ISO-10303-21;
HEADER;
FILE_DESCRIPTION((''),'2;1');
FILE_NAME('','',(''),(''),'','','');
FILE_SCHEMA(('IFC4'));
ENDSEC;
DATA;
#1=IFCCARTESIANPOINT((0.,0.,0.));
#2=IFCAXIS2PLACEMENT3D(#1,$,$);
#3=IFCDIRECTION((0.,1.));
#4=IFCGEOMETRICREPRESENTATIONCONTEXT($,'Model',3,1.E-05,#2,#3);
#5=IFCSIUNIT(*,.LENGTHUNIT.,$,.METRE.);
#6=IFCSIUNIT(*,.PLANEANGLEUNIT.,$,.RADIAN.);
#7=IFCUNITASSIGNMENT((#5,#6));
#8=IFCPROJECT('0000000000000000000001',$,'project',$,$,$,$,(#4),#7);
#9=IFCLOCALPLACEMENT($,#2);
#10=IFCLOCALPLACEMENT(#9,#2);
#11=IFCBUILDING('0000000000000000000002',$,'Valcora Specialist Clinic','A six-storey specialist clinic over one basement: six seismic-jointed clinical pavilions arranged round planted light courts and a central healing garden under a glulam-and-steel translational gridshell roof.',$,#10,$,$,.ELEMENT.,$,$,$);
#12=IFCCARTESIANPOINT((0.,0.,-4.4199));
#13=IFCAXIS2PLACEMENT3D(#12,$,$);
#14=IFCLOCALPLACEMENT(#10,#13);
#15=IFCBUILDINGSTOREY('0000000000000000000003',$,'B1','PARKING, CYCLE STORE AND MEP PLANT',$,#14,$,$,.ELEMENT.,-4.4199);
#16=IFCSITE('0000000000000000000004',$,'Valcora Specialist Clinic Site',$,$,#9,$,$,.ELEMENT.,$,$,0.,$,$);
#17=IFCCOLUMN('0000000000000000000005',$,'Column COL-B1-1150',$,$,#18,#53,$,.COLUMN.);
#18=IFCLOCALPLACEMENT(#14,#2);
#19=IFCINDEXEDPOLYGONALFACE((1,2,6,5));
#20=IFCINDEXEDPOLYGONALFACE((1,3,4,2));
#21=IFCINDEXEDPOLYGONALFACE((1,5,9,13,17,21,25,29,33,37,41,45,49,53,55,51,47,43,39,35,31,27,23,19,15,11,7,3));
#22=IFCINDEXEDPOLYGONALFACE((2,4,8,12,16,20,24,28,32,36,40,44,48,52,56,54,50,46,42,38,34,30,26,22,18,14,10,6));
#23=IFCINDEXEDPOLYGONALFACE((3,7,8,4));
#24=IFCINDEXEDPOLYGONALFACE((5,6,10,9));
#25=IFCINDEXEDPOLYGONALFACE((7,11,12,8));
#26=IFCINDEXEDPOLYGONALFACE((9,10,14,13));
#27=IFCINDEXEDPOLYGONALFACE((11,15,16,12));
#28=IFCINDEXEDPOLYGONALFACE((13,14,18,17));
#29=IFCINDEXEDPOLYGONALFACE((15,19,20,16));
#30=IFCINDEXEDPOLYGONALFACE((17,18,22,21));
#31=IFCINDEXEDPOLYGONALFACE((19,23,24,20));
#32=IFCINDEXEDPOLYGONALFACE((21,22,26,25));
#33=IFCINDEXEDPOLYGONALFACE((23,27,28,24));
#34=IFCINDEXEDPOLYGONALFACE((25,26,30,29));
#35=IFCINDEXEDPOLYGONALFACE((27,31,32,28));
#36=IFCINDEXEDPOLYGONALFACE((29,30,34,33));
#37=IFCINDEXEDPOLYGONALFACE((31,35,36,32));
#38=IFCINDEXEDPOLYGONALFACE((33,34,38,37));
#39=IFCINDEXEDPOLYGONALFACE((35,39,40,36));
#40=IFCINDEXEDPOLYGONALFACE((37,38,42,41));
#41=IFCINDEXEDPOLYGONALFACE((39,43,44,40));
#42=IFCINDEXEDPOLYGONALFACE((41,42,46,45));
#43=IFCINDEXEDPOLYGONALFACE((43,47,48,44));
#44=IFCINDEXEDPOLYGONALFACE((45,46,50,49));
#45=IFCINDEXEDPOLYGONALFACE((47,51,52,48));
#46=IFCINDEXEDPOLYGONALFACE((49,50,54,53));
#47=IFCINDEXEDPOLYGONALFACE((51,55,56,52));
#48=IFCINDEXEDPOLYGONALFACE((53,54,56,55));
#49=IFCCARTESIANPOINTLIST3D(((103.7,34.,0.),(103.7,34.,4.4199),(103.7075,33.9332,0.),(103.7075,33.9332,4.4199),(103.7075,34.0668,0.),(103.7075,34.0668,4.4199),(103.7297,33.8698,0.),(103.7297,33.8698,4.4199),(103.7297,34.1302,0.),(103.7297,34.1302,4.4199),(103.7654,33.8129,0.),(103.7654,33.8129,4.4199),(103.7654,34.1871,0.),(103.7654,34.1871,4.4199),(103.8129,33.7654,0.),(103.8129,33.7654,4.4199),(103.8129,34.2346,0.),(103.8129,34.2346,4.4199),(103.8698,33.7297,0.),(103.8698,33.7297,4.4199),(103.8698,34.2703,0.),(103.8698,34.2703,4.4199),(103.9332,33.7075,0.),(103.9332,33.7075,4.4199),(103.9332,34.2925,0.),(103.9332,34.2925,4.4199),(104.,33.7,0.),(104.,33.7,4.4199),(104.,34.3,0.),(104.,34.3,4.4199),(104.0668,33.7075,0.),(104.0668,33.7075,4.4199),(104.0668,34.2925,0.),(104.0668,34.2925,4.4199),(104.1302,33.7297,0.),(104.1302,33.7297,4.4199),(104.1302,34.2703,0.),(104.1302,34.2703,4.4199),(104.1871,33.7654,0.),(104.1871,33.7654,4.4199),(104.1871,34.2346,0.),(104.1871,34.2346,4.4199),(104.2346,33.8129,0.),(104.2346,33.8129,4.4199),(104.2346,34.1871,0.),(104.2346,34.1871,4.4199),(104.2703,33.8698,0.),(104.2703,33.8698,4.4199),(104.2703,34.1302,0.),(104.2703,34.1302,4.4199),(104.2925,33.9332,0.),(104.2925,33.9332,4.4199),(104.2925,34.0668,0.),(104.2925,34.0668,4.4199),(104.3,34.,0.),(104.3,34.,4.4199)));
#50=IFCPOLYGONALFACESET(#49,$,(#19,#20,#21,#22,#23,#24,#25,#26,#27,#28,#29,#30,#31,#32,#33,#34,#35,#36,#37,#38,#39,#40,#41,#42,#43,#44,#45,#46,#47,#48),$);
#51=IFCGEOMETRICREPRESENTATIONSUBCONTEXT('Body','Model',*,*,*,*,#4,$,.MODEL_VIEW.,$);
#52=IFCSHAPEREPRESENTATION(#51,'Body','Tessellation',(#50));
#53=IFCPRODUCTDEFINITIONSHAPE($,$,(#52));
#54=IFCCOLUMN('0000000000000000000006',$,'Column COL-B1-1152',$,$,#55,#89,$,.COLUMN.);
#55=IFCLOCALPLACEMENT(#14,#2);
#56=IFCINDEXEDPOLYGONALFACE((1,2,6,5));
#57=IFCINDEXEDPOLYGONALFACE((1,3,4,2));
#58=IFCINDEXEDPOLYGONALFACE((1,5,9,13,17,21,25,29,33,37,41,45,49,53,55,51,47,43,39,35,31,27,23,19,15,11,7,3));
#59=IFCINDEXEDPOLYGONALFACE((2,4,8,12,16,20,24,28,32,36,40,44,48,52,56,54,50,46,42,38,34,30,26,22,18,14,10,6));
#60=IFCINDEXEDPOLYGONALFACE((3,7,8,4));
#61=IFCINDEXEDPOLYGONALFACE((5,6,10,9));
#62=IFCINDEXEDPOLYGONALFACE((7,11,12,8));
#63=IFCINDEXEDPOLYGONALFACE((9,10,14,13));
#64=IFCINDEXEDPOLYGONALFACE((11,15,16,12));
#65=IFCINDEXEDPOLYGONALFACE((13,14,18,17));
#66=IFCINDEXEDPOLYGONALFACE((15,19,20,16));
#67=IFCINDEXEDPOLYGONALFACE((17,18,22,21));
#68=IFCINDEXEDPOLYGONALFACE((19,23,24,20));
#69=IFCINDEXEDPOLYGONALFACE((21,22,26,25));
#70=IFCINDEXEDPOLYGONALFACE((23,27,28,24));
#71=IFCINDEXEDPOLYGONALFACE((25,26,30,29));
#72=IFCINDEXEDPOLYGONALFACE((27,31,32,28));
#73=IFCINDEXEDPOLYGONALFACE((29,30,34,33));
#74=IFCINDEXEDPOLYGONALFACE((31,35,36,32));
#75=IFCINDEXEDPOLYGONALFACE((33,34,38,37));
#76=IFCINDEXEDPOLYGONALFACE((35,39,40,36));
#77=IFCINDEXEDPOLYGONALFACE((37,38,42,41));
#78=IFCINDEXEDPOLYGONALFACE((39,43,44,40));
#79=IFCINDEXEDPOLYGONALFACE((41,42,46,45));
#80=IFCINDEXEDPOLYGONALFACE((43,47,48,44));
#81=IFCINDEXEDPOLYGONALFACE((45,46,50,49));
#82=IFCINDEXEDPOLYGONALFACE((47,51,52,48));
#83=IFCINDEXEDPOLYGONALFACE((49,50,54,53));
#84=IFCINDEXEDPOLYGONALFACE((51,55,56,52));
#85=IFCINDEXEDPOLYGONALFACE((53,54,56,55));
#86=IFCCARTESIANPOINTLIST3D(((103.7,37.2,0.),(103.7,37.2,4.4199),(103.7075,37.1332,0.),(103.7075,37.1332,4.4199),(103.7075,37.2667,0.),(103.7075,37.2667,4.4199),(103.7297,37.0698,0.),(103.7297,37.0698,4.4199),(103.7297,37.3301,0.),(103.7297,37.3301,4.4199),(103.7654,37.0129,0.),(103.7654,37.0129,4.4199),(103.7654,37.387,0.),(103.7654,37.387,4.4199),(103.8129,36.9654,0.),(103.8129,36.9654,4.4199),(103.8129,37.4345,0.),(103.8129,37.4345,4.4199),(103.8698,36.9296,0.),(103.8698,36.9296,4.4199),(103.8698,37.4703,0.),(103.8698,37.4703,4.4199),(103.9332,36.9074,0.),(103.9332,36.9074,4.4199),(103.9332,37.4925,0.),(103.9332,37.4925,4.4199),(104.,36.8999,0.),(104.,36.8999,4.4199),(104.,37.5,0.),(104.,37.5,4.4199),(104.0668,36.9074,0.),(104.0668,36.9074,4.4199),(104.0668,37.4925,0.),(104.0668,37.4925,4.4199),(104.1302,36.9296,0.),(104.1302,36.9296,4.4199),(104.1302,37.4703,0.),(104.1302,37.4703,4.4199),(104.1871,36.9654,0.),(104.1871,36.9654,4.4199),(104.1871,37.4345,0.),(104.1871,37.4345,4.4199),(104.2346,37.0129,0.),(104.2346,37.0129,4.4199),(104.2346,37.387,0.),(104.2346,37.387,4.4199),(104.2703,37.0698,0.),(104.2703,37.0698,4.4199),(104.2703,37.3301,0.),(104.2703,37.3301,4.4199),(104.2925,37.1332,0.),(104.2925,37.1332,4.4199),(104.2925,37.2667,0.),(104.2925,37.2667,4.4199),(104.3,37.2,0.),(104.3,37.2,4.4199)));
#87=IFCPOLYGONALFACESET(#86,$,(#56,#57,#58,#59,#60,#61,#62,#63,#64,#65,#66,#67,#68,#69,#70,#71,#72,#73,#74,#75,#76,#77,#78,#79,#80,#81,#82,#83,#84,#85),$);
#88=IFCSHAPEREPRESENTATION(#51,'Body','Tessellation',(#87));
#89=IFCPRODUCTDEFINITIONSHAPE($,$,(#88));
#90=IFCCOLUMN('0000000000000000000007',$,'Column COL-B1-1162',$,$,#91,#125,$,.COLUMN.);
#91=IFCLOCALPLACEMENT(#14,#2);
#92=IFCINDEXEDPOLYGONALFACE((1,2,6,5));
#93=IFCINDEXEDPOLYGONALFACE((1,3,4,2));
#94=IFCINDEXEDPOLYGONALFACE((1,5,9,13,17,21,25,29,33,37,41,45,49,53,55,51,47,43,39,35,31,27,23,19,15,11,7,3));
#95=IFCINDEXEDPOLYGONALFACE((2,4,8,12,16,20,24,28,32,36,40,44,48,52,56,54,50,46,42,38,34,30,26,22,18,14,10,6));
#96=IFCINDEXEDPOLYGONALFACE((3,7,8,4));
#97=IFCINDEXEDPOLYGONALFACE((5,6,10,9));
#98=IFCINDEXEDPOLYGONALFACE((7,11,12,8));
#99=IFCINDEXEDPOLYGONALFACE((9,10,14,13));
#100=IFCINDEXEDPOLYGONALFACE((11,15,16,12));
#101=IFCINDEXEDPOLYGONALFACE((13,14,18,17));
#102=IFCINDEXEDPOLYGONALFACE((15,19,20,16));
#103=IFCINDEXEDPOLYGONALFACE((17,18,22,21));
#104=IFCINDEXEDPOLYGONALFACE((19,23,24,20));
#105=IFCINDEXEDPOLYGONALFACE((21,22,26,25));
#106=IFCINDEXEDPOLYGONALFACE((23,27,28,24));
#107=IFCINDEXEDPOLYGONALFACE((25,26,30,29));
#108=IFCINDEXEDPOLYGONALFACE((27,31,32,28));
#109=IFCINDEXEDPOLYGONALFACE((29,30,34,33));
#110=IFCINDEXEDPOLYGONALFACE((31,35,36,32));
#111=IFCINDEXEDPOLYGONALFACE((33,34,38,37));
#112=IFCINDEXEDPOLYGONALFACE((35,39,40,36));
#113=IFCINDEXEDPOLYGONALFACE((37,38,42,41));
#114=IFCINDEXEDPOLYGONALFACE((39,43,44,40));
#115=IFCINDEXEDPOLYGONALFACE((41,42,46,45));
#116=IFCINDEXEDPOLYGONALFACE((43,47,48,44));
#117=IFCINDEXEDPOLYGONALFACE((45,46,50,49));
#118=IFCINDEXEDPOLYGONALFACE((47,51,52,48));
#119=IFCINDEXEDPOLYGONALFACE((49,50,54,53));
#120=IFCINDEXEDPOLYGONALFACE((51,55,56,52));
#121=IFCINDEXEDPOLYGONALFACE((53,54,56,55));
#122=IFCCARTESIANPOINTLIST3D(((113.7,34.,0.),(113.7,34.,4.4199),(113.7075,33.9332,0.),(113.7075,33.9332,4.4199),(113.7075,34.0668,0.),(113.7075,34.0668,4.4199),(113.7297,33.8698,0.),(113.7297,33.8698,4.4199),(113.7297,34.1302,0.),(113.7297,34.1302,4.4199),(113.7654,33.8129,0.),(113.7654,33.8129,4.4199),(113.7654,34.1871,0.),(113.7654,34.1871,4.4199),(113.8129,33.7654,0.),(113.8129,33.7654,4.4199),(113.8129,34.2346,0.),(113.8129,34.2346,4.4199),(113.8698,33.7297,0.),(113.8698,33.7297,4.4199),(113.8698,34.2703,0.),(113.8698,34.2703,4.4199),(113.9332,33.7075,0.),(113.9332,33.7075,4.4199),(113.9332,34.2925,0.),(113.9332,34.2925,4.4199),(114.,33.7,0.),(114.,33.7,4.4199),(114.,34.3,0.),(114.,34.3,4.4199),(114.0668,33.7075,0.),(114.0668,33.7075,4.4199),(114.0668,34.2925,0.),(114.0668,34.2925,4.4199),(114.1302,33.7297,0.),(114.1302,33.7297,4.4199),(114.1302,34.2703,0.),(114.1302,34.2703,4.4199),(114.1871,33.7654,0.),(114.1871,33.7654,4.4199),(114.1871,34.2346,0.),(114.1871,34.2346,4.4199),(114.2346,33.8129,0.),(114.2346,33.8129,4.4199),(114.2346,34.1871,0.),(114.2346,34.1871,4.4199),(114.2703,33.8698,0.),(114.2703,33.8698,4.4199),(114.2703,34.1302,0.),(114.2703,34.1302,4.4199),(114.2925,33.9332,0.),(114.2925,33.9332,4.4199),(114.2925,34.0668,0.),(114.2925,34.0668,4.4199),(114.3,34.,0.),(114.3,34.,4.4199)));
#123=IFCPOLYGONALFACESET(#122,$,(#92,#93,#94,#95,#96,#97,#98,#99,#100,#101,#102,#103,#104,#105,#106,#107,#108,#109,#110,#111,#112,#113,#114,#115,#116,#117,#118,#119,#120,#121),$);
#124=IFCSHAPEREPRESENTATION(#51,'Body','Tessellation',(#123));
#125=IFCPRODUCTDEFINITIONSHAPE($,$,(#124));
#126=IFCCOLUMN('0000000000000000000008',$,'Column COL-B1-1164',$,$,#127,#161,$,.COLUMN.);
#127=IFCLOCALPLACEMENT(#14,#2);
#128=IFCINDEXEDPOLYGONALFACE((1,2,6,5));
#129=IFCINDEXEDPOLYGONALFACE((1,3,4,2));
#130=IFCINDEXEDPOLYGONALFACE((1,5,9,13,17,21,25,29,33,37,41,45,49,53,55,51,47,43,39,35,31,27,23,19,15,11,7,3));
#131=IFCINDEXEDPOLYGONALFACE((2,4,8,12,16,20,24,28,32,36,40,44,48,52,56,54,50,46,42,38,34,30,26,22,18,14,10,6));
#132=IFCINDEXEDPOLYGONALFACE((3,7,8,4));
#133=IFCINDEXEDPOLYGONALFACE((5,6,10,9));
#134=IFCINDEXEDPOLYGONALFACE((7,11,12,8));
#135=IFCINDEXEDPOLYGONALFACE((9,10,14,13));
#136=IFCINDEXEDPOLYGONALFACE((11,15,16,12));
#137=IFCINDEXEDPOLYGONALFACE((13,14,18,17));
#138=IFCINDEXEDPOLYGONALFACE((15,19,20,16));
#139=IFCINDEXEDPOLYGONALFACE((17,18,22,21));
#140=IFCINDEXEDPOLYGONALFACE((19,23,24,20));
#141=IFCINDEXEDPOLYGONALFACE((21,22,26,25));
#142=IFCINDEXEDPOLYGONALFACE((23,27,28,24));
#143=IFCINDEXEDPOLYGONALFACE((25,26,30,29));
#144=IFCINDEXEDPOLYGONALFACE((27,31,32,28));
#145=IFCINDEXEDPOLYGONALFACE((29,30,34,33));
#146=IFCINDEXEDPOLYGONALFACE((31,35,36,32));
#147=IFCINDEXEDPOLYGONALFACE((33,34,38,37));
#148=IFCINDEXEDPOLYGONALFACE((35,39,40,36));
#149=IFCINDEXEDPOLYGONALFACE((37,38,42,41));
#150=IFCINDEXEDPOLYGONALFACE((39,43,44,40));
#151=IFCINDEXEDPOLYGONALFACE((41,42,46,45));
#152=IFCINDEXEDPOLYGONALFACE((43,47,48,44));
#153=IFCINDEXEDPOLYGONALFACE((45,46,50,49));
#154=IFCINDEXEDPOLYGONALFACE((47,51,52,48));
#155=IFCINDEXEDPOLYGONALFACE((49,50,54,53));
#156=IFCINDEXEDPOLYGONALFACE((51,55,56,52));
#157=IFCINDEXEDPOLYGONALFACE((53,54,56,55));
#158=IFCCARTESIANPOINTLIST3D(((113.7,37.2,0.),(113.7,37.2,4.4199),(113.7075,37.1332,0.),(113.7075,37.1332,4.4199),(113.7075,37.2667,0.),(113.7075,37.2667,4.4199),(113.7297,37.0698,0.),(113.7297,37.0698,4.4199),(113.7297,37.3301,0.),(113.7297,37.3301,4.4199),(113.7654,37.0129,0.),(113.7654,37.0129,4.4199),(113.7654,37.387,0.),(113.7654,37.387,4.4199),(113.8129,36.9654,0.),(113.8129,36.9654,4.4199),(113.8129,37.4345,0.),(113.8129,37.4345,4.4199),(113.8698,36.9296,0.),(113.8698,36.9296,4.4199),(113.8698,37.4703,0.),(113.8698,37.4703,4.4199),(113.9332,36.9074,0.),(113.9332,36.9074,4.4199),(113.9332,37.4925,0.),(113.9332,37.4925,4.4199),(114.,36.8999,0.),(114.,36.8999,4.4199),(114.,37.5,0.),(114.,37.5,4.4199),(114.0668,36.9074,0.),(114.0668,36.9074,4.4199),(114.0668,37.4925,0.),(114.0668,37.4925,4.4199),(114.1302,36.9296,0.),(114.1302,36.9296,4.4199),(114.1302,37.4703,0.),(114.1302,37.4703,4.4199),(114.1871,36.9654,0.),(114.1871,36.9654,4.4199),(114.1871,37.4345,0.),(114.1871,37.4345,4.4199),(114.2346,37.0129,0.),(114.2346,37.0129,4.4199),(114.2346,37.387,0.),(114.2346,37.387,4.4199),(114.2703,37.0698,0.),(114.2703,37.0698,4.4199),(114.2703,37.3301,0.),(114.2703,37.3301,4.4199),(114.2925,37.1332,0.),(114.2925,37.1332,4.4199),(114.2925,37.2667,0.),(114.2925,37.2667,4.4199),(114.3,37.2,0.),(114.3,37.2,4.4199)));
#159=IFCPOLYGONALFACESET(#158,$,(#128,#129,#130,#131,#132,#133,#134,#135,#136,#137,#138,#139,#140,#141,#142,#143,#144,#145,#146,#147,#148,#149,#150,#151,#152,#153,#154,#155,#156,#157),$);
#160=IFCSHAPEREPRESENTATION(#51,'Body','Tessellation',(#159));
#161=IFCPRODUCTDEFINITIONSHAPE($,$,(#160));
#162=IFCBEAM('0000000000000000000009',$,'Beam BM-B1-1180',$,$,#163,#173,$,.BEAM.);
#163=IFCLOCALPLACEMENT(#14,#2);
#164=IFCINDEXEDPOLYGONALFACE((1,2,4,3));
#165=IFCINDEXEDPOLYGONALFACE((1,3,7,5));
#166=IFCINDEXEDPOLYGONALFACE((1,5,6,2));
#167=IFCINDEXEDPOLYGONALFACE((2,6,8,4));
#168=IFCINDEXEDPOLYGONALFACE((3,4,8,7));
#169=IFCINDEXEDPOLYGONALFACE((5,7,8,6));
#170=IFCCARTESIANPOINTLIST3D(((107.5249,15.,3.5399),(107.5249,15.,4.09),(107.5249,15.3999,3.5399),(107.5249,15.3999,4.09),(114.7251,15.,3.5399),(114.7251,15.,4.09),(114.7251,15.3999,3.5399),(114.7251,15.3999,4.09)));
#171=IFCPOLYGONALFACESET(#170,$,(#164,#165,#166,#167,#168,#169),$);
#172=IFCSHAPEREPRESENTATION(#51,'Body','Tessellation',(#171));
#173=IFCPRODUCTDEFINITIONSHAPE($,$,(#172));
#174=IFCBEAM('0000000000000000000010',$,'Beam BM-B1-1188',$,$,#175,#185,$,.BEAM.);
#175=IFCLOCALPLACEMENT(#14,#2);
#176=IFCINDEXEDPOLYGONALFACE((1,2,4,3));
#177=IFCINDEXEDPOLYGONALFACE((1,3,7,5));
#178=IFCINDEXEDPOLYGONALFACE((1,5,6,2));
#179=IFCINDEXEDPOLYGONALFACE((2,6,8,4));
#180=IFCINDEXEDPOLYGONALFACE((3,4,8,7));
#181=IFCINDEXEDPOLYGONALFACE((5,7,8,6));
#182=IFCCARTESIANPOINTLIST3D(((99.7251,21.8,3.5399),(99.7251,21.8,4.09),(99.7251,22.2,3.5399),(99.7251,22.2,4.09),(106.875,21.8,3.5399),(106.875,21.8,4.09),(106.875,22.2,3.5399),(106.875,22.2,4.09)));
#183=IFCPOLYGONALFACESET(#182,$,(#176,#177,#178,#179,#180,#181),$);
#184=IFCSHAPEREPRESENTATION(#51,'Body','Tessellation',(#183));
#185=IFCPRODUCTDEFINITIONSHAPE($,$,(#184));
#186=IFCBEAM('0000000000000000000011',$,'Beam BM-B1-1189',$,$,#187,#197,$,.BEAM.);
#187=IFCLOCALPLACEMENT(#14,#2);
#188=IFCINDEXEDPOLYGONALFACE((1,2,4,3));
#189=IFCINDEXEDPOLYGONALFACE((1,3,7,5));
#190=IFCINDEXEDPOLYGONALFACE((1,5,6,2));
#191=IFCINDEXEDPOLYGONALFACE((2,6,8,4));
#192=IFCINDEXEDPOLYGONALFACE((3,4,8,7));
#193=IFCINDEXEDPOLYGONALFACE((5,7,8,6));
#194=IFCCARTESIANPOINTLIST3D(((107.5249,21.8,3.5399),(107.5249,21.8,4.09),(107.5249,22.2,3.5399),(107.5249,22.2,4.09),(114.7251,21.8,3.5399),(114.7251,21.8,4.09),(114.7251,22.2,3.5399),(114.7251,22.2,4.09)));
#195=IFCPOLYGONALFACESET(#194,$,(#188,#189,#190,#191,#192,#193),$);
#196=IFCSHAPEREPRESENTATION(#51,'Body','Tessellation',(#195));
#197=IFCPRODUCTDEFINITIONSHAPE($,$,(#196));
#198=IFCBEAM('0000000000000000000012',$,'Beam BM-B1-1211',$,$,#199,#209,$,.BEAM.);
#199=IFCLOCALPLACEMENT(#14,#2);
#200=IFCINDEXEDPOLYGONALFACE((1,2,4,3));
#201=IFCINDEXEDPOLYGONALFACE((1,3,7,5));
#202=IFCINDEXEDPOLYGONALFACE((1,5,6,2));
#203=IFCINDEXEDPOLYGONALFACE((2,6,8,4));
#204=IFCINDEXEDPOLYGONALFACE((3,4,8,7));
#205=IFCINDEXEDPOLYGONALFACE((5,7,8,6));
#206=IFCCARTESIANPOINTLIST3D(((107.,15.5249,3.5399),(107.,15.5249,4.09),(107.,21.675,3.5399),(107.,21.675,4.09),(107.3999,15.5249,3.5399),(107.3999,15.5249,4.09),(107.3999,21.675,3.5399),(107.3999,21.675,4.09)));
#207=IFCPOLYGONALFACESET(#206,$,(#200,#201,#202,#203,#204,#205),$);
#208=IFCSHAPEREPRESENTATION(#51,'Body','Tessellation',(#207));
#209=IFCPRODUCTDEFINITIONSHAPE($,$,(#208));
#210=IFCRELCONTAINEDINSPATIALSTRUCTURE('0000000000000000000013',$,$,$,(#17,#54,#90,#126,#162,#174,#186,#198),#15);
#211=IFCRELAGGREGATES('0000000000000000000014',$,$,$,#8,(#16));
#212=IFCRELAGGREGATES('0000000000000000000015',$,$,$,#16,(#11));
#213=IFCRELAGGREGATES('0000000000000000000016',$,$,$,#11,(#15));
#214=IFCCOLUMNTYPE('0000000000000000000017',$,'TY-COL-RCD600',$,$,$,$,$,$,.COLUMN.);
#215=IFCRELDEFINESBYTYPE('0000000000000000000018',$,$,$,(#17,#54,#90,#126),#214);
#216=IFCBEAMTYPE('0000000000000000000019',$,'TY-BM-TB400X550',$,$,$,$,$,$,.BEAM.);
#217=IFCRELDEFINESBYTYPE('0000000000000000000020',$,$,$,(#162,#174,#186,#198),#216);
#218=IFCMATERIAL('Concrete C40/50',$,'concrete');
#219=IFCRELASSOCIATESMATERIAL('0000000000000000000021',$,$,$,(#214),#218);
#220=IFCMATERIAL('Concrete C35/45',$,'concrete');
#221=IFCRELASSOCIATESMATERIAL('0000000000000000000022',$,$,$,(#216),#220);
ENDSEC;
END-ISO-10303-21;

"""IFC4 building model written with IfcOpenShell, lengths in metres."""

from ifc_helpers import new_model, si_unit, direction, frame, origin, origin_2d, place, context, subcontext, project, spatial, rectangle, circle, extrude, material, material_profile, profile_set, type_object, element, save


model = new_model("IFC4")

# Units and contexts
model_context = context("Model", 3, precision=1e-05, world=origin(), true_north=direction((0.0, 1.0)))
body_context = subcontext(model_context, "Body", "Model", "MODEL_VIEW")
ifc_project = project(units=[si_unit("LENGTHUNIT", "METRE"), si_unit("PLANEANGLEUNIT", "RADIAN")], contexts=[model_context])

# Site, building, storey
site_placement = place(None, origin())
site = spatial("IfcSite", under=ifc_project, at=site_placement, Name="Valcora Specialist Clinic Site", CompositionType="ELEMENT", RefElevation=0.0)
building_placement = place(site_placement, origin())
building = spatial("IfcBuilding", under=site, at=building_placement, Name="Valcora Specialist Clinic", Description="A six-storey specialist clinic over one basement: six seismic-jointed clinical pavilions arranged round planted light courts and a central healing garden under a glulam-and-steel translational gridshell roof.", CompositionType="ELEMENT")
storey_placement = place(building_placement, frame((0.0, 0.0, -4.4199)))
storey = spatial("IfcBuildingStorey", under=building, at=storey_placement, Name="B1", Description="PARKING, CYCLE STORE AND MEP PLANT", CompositionType="ELEMENT", Elevation=-4.4199)

# Shared definitions
ifc_material_1 = material(Name="Concrete C35/45", Category="concrete")

# Columns
ifc_material_2 = material(Name="Concrete C40/50", Category="concrete")
ifc_material_profile_1 = material_profile(ifc_material_2, circle(Radius=0.3, at=origin_2d()), Name="RC-COL-D600")
ifc_profile_set_1 = profile_set([ifc_material_profile_1], Name="Concrete C40/50")
column_type_1 = type_object("IfcColumnType", Name="TY-COL-RCD600", PredefinedType="COLUMN", material=ifc_profile_set_1)
for number, where, z_axis, x_axis, name in (
    (1, (104.0, 34.0, 0.0), (0.0, 0.0, 1.0), (1.0, 0.0, 0.0), "Column COL-B1-1150"),
    (2, (104.0, 37.2, 0.0), (0.0, 0.0, 1.0), (1.0, 0.0, 0.0), "Column COL-B1-1152"),
    (3, (114.0, 34.0, 0.0), (0.0, 0.0, 1.0), (1.0, 0.0, 0.0), "Column COL-B1-1162"),
    (4, (114.0, 37.2, 0.0), (0.0, 0.0, 1.0), (1.0, 0.0, 0.0), "Column COL-B1-1164"),
):
    element("IfcColumn", number, at=place(storey_placement, frame(where, z_axis=z_axis, x_axis=x_axis)), inside=storey, type_object=column_type_1, Name=name, PredefinedType="COLUMN", context=body_context, shape_type="SweptSolid", body=[
        extrude(circle(Radius=0.3, at=origin_2d()), origin(), (0.0, 0.0, 1.0), 4.4199),
    ])

# Beams
ifc_material_profile_2 = material_profile(ifc_material_1, rectangle(XDim=0.3999, YDim=0.55, at=origin_2d()), Name="RC-TB-400X550")
ifc_profile_set_2 = profile_set([ifc_material_profile_2], Name="Concrete C35/45")
beam_type = type_object("IfcBeamType", Name="TY-BM-TB400X550", PredefinedType="BEAM", material=ifc_profile_set_2)
beam_1_placement = place(storey_placement, frame((107.5249, 15.2, 3.8149), z_axis=(1.0, 0.0, 0.0), x_axis=(0.0, 1.0, 0.0)))
element("IfcBeam", 5, at=beam_1_placement, inside=storey, type_object=beam_type, Name="Beam BM-B1-1180", PredefinedType="BEAM", context=body_context, shape_type="SweptSolid", body=[
    extrude(rectangle(XDim=0.3999, YDim=0.55, at=origin_2d()), origin(), (0.0, 0.0, 1.0), 7.2002),
])
beam_2_placement = place(storey_placement, frame((99.7251, 22.0, 3.8149), z_axis=(1.0, 0.0, 0.0), x_axis=(0.0, 1.0, 0.0)))
element("IfcBeam", 6, at=beam_2_placement, inside=storey, type_object=beam_type, Name="Beam BM-B1-1188", PredefinedType="BEAM", context=body_context, shape_type="SweptSolid", body=[
    extrude(rectangle(XDim=0.3999, YDim=0.55, at=origin_2d()), origin(), (0.0, 0.0, 1.0), 7.1499),
])
beam_3_placement = place(storey_placement, frame((107.5249, 22.0, 3.8149), z_axis=(1.0, 0.0, 0.0), x_axis=(0.0, 1.0, 0.0)))
element("IfcBeam", 7, at=beam_3_placement, inside=storey, type_object=beam_type, Name="Beam BM-B1-1189", PredefinedType="BEAM", context=body_context, shape_type="SweptSolid", body=[
    extrude(rectangle(XDim=0.3999, YDim=0.55, at=origin_2d()), origin(), (0.0, 0.0, 1.0), 7.2002),
])
beam_4_placement = place(storey_placement, frame((107.2, 15.5249, 3.8149), z_axis=(0.0, 1.0, 0.0), x_axis=(-1.0, 0.0, 0.0)))
element("IfcBeam", 8, at=beam_4_placement, inside=storey, type_object=beam_type, Name="Beam BM-B1-1211", PredefinedType="BEAM", context=body_context, shape_type="SweptSolid", body=[
    extrude(rectangle(XDim=0.3999, YDim=0.55, at=origin_2d()), origin(), (0.0, 0.0, 1.0), 6.1501),
])

save(model, "model.ifc")
